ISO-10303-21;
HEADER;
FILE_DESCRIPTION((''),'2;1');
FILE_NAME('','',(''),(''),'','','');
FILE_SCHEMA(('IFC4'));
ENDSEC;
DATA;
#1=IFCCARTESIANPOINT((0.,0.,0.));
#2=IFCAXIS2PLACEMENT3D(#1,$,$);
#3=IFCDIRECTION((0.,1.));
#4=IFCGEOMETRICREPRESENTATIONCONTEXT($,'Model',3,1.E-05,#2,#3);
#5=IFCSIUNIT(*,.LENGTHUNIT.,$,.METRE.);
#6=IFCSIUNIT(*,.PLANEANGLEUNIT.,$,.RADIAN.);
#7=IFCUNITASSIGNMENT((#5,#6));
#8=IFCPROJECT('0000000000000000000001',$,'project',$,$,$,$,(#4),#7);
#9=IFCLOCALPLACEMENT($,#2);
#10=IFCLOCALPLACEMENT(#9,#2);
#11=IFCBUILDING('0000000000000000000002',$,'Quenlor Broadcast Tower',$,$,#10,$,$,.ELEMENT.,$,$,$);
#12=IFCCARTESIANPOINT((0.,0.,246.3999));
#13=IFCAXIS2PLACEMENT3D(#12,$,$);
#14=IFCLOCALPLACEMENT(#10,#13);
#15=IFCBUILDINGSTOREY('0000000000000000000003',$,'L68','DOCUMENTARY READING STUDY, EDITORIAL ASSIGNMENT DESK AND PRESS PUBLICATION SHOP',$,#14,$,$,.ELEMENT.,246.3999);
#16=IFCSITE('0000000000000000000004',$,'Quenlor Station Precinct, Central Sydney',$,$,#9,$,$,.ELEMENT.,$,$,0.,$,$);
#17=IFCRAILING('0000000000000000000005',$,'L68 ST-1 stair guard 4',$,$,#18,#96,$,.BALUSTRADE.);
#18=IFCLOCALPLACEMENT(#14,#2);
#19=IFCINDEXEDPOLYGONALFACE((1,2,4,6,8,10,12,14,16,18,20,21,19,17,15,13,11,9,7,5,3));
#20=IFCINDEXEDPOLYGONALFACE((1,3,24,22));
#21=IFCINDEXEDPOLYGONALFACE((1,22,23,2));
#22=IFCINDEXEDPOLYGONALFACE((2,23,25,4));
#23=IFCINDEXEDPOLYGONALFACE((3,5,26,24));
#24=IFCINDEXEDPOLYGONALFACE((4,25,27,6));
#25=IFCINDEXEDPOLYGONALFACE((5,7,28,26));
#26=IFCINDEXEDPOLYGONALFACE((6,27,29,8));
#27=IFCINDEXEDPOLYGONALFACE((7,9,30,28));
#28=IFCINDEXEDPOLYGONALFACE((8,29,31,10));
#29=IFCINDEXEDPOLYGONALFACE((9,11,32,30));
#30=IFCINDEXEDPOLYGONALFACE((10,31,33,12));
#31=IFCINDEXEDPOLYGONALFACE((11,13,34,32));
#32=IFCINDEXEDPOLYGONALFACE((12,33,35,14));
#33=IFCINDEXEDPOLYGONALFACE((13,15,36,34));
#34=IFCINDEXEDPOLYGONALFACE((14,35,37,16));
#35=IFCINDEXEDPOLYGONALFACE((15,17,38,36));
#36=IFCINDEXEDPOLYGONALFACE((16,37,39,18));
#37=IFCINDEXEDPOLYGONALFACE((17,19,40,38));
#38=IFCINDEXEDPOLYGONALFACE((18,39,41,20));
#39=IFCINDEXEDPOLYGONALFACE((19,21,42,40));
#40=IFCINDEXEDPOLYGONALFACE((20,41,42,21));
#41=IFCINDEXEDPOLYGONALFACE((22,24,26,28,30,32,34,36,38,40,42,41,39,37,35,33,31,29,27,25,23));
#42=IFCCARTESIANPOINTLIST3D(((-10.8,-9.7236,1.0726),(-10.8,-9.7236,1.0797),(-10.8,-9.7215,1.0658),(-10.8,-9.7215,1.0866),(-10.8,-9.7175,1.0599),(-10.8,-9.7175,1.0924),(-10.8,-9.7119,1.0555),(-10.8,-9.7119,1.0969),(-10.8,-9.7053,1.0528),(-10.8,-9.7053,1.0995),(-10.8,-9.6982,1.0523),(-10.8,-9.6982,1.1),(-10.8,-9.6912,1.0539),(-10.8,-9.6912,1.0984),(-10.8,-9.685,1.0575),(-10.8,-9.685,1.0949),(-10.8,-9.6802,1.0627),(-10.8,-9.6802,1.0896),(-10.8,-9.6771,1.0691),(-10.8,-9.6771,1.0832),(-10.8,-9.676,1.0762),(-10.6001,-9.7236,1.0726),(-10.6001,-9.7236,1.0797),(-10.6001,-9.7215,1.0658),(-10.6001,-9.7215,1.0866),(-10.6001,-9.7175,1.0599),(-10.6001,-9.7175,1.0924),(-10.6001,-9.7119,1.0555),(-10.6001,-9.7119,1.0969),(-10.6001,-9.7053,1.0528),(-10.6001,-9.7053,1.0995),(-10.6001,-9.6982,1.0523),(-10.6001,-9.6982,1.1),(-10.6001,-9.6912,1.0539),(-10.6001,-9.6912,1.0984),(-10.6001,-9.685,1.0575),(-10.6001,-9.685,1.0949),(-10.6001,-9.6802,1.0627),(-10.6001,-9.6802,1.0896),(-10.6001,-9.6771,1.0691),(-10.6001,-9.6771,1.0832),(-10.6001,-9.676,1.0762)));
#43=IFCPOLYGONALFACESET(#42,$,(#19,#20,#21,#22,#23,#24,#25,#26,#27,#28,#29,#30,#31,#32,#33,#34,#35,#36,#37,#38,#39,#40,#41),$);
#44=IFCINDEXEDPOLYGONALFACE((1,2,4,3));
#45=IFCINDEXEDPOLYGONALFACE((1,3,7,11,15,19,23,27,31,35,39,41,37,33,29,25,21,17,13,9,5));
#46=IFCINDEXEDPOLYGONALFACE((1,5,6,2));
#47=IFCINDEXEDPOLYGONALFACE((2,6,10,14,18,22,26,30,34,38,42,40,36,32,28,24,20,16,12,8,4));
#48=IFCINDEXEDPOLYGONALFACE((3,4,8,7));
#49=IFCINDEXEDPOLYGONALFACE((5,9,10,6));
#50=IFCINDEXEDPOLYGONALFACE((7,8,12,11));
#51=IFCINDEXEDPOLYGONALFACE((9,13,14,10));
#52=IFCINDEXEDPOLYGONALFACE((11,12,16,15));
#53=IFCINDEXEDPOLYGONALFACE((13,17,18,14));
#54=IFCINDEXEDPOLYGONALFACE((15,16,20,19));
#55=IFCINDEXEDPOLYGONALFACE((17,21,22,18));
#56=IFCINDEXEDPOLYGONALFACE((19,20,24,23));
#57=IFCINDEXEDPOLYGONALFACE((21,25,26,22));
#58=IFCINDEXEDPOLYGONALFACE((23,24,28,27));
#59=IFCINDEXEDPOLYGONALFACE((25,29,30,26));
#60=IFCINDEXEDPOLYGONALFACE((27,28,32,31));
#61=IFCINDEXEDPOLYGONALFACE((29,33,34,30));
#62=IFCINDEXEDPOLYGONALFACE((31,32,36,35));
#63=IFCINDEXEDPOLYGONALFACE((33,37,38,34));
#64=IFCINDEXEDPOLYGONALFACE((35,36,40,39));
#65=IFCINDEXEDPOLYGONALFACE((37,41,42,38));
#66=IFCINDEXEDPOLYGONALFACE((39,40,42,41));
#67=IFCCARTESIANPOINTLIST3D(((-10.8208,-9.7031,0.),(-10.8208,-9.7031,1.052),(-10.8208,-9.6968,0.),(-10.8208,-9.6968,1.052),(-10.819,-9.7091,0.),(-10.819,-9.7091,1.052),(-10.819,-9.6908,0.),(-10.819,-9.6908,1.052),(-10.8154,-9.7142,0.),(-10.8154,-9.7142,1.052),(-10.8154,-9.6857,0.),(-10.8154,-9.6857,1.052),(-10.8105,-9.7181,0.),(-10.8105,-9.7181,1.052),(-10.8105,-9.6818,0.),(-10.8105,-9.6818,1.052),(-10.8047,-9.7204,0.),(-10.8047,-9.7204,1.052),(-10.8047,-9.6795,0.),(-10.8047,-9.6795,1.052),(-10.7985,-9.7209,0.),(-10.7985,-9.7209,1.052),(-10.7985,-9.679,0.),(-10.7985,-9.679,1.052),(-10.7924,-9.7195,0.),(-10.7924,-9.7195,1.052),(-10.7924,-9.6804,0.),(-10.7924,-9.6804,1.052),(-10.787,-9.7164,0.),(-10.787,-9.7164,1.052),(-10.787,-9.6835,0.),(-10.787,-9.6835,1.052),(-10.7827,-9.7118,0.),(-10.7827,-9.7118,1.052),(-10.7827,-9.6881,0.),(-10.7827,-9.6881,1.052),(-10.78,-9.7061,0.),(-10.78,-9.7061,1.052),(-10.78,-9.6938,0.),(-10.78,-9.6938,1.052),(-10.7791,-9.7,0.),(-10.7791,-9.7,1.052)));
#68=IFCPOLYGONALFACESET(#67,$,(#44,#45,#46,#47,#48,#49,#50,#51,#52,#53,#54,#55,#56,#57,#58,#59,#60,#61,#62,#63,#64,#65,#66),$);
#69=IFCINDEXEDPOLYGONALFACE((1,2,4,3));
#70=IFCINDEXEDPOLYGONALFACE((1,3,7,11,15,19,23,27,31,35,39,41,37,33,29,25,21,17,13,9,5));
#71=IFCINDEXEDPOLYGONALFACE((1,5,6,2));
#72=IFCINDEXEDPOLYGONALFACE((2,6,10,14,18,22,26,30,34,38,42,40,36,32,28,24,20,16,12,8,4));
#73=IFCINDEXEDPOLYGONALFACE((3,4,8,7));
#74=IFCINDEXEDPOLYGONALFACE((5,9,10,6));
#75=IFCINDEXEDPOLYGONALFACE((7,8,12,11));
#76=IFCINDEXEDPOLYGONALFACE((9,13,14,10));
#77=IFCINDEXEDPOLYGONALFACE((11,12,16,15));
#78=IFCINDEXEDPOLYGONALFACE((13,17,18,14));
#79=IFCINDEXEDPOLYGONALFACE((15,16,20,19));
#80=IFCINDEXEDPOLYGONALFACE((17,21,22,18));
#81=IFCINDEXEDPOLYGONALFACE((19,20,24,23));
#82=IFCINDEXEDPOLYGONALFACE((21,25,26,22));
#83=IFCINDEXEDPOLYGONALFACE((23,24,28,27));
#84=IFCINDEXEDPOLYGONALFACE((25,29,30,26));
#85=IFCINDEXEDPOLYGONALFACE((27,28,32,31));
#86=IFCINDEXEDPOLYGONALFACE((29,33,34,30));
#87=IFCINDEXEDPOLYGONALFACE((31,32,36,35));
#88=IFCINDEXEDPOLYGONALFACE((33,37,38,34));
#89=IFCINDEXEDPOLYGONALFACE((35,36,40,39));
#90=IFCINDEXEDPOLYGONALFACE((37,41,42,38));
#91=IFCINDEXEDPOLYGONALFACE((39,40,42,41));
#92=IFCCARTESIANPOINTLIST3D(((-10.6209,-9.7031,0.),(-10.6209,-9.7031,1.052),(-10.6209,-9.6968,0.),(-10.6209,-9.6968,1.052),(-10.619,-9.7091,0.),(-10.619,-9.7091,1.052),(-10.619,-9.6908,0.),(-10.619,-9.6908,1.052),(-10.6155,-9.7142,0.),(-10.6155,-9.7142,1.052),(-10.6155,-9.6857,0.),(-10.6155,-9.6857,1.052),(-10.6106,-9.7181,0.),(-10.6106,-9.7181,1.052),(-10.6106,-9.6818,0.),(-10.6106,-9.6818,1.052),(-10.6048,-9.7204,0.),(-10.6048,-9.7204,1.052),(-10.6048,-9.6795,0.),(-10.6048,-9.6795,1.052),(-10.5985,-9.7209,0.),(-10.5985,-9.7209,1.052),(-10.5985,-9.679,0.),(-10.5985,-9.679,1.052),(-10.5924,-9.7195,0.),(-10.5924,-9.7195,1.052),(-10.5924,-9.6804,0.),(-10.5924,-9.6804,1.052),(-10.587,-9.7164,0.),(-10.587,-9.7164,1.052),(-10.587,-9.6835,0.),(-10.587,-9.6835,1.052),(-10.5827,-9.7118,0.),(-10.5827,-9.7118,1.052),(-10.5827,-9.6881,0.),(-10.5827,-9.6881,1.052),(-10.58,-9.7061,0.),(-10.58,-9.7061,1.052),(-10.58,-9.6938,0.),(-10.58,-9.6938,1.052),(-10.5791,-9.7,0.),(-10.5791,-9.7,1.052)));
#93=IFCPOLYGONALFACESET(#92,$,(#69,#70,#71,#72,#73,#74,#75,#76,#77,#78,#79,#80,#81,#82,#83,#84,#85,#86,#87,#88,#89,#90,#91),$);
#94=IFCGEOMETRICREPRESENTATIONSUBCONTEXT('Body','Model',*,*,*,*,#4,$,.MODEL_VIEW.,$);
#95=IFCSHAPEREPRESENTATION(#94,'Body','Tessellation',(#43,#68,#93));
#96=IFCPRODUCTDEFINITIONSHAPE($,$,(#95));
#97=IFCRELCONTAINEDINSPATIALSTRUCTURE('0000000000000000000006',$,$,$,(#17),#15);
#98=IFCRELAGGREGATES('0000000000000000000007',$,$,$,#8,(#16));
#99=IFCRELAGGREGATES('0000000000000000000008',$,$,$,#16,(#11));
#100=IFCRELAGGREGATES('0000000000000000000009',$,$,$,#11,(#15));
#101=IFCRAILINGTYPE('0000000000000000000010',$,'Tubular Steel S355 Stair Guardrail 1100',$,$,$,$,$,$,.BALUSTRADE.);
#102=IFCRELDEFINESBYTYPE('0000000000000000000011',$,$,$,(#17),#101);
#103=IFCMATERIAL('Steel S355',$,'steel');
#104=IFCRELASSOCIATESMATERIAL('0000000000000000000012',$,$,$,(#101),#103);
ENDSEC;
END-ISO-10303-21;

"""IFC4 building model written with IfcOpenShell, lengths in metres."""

from ifc_helpers import new_model, si_unit, direction, frame, origin, origin_2d, place, context, subcontext, project, spatial, circle, extrude, material, type_object, element, save


model = new_model("IFC4")

# Units and contexts
model_context = context("Model", 3, precision=1e-05, world=origin(), true_north=direction((0.0, 1.0)))
body_context = subcontext(model_context, "Body", "Model", "MODEL_VIEW")
ifc_project = project(units=[si_unit("LENGTHUNIT", "METRE"), si_unit("PLANEANGLEUNIT", "RADIAN")], contexts=[model_context])

# Site, building, storey
site_placement = place(None, origin())
site = spatial("IfcSite", under=ifc_project, at=site_placement, Name="Quenlor Station Precinct, Central Sydney", CompositionType="ELEMENT", RefElevation=0.0)
building_placement = place(site_placement, origin())
building = spatial("IfcBuilding", under=site, at=building_placement, Name="Quenlor Broadcast Tower", CompositionType="ELEMENT")
storey_placement = place(building_placement, frame((0.0, 0.0, 246.3999)))
storey = spatial("IfcBuildingStorey", under=building, at=storey_placement, Name="L68", Description="DOCUMENTARY READING STUDY, EDITORIAL ASSIGNMENT DESK AND PRESS PUBLICATION SHOP", CompositionType="ELEMENT", Elevation=246.3999)

# Railing
ifc_material_1 = material(Name="Steel S355", Category="steel")
railing_type_1 = type_object("IfcRailingType", Name="Tubular Steel S355 Stair Guardrail 1100", PredefinedType="BALUSTRADE", material=ifc_material_1)
railing_1_placement = place(storey_placement, frame((-10.8, -9.7, 0.0)))
element("IfcRailing", 1, at=railing_1_placement, inside=storey, type_object=railing_type_1, Name="L68 ST-1 stair guard 4", PredefinedType="BALUSTRADE", context=body_context, shape_type="SweptSolid", body=[
    extrude(circle(Radius=0.0239, at=origin_2d()), frame((0.0, 0.0, 1.0762), z_axis=(1.0, 0.0, 0.0), x_axis=(0.0, 1.0, 0.0)), (0.0, 0.0, 1.0), 0.2),
    extrude(circle(Radius=0.021, at=origin_2d()), origin(), (0.0, 0.0, 1.0), 1.052),
    extrude(circle(Radius=0.021, at=origin_2d()), frame((0.2, 0.0, 0.0)), (0.0, 0.0, 1.0), 1.052),
])

save(model, "model.ifc")
